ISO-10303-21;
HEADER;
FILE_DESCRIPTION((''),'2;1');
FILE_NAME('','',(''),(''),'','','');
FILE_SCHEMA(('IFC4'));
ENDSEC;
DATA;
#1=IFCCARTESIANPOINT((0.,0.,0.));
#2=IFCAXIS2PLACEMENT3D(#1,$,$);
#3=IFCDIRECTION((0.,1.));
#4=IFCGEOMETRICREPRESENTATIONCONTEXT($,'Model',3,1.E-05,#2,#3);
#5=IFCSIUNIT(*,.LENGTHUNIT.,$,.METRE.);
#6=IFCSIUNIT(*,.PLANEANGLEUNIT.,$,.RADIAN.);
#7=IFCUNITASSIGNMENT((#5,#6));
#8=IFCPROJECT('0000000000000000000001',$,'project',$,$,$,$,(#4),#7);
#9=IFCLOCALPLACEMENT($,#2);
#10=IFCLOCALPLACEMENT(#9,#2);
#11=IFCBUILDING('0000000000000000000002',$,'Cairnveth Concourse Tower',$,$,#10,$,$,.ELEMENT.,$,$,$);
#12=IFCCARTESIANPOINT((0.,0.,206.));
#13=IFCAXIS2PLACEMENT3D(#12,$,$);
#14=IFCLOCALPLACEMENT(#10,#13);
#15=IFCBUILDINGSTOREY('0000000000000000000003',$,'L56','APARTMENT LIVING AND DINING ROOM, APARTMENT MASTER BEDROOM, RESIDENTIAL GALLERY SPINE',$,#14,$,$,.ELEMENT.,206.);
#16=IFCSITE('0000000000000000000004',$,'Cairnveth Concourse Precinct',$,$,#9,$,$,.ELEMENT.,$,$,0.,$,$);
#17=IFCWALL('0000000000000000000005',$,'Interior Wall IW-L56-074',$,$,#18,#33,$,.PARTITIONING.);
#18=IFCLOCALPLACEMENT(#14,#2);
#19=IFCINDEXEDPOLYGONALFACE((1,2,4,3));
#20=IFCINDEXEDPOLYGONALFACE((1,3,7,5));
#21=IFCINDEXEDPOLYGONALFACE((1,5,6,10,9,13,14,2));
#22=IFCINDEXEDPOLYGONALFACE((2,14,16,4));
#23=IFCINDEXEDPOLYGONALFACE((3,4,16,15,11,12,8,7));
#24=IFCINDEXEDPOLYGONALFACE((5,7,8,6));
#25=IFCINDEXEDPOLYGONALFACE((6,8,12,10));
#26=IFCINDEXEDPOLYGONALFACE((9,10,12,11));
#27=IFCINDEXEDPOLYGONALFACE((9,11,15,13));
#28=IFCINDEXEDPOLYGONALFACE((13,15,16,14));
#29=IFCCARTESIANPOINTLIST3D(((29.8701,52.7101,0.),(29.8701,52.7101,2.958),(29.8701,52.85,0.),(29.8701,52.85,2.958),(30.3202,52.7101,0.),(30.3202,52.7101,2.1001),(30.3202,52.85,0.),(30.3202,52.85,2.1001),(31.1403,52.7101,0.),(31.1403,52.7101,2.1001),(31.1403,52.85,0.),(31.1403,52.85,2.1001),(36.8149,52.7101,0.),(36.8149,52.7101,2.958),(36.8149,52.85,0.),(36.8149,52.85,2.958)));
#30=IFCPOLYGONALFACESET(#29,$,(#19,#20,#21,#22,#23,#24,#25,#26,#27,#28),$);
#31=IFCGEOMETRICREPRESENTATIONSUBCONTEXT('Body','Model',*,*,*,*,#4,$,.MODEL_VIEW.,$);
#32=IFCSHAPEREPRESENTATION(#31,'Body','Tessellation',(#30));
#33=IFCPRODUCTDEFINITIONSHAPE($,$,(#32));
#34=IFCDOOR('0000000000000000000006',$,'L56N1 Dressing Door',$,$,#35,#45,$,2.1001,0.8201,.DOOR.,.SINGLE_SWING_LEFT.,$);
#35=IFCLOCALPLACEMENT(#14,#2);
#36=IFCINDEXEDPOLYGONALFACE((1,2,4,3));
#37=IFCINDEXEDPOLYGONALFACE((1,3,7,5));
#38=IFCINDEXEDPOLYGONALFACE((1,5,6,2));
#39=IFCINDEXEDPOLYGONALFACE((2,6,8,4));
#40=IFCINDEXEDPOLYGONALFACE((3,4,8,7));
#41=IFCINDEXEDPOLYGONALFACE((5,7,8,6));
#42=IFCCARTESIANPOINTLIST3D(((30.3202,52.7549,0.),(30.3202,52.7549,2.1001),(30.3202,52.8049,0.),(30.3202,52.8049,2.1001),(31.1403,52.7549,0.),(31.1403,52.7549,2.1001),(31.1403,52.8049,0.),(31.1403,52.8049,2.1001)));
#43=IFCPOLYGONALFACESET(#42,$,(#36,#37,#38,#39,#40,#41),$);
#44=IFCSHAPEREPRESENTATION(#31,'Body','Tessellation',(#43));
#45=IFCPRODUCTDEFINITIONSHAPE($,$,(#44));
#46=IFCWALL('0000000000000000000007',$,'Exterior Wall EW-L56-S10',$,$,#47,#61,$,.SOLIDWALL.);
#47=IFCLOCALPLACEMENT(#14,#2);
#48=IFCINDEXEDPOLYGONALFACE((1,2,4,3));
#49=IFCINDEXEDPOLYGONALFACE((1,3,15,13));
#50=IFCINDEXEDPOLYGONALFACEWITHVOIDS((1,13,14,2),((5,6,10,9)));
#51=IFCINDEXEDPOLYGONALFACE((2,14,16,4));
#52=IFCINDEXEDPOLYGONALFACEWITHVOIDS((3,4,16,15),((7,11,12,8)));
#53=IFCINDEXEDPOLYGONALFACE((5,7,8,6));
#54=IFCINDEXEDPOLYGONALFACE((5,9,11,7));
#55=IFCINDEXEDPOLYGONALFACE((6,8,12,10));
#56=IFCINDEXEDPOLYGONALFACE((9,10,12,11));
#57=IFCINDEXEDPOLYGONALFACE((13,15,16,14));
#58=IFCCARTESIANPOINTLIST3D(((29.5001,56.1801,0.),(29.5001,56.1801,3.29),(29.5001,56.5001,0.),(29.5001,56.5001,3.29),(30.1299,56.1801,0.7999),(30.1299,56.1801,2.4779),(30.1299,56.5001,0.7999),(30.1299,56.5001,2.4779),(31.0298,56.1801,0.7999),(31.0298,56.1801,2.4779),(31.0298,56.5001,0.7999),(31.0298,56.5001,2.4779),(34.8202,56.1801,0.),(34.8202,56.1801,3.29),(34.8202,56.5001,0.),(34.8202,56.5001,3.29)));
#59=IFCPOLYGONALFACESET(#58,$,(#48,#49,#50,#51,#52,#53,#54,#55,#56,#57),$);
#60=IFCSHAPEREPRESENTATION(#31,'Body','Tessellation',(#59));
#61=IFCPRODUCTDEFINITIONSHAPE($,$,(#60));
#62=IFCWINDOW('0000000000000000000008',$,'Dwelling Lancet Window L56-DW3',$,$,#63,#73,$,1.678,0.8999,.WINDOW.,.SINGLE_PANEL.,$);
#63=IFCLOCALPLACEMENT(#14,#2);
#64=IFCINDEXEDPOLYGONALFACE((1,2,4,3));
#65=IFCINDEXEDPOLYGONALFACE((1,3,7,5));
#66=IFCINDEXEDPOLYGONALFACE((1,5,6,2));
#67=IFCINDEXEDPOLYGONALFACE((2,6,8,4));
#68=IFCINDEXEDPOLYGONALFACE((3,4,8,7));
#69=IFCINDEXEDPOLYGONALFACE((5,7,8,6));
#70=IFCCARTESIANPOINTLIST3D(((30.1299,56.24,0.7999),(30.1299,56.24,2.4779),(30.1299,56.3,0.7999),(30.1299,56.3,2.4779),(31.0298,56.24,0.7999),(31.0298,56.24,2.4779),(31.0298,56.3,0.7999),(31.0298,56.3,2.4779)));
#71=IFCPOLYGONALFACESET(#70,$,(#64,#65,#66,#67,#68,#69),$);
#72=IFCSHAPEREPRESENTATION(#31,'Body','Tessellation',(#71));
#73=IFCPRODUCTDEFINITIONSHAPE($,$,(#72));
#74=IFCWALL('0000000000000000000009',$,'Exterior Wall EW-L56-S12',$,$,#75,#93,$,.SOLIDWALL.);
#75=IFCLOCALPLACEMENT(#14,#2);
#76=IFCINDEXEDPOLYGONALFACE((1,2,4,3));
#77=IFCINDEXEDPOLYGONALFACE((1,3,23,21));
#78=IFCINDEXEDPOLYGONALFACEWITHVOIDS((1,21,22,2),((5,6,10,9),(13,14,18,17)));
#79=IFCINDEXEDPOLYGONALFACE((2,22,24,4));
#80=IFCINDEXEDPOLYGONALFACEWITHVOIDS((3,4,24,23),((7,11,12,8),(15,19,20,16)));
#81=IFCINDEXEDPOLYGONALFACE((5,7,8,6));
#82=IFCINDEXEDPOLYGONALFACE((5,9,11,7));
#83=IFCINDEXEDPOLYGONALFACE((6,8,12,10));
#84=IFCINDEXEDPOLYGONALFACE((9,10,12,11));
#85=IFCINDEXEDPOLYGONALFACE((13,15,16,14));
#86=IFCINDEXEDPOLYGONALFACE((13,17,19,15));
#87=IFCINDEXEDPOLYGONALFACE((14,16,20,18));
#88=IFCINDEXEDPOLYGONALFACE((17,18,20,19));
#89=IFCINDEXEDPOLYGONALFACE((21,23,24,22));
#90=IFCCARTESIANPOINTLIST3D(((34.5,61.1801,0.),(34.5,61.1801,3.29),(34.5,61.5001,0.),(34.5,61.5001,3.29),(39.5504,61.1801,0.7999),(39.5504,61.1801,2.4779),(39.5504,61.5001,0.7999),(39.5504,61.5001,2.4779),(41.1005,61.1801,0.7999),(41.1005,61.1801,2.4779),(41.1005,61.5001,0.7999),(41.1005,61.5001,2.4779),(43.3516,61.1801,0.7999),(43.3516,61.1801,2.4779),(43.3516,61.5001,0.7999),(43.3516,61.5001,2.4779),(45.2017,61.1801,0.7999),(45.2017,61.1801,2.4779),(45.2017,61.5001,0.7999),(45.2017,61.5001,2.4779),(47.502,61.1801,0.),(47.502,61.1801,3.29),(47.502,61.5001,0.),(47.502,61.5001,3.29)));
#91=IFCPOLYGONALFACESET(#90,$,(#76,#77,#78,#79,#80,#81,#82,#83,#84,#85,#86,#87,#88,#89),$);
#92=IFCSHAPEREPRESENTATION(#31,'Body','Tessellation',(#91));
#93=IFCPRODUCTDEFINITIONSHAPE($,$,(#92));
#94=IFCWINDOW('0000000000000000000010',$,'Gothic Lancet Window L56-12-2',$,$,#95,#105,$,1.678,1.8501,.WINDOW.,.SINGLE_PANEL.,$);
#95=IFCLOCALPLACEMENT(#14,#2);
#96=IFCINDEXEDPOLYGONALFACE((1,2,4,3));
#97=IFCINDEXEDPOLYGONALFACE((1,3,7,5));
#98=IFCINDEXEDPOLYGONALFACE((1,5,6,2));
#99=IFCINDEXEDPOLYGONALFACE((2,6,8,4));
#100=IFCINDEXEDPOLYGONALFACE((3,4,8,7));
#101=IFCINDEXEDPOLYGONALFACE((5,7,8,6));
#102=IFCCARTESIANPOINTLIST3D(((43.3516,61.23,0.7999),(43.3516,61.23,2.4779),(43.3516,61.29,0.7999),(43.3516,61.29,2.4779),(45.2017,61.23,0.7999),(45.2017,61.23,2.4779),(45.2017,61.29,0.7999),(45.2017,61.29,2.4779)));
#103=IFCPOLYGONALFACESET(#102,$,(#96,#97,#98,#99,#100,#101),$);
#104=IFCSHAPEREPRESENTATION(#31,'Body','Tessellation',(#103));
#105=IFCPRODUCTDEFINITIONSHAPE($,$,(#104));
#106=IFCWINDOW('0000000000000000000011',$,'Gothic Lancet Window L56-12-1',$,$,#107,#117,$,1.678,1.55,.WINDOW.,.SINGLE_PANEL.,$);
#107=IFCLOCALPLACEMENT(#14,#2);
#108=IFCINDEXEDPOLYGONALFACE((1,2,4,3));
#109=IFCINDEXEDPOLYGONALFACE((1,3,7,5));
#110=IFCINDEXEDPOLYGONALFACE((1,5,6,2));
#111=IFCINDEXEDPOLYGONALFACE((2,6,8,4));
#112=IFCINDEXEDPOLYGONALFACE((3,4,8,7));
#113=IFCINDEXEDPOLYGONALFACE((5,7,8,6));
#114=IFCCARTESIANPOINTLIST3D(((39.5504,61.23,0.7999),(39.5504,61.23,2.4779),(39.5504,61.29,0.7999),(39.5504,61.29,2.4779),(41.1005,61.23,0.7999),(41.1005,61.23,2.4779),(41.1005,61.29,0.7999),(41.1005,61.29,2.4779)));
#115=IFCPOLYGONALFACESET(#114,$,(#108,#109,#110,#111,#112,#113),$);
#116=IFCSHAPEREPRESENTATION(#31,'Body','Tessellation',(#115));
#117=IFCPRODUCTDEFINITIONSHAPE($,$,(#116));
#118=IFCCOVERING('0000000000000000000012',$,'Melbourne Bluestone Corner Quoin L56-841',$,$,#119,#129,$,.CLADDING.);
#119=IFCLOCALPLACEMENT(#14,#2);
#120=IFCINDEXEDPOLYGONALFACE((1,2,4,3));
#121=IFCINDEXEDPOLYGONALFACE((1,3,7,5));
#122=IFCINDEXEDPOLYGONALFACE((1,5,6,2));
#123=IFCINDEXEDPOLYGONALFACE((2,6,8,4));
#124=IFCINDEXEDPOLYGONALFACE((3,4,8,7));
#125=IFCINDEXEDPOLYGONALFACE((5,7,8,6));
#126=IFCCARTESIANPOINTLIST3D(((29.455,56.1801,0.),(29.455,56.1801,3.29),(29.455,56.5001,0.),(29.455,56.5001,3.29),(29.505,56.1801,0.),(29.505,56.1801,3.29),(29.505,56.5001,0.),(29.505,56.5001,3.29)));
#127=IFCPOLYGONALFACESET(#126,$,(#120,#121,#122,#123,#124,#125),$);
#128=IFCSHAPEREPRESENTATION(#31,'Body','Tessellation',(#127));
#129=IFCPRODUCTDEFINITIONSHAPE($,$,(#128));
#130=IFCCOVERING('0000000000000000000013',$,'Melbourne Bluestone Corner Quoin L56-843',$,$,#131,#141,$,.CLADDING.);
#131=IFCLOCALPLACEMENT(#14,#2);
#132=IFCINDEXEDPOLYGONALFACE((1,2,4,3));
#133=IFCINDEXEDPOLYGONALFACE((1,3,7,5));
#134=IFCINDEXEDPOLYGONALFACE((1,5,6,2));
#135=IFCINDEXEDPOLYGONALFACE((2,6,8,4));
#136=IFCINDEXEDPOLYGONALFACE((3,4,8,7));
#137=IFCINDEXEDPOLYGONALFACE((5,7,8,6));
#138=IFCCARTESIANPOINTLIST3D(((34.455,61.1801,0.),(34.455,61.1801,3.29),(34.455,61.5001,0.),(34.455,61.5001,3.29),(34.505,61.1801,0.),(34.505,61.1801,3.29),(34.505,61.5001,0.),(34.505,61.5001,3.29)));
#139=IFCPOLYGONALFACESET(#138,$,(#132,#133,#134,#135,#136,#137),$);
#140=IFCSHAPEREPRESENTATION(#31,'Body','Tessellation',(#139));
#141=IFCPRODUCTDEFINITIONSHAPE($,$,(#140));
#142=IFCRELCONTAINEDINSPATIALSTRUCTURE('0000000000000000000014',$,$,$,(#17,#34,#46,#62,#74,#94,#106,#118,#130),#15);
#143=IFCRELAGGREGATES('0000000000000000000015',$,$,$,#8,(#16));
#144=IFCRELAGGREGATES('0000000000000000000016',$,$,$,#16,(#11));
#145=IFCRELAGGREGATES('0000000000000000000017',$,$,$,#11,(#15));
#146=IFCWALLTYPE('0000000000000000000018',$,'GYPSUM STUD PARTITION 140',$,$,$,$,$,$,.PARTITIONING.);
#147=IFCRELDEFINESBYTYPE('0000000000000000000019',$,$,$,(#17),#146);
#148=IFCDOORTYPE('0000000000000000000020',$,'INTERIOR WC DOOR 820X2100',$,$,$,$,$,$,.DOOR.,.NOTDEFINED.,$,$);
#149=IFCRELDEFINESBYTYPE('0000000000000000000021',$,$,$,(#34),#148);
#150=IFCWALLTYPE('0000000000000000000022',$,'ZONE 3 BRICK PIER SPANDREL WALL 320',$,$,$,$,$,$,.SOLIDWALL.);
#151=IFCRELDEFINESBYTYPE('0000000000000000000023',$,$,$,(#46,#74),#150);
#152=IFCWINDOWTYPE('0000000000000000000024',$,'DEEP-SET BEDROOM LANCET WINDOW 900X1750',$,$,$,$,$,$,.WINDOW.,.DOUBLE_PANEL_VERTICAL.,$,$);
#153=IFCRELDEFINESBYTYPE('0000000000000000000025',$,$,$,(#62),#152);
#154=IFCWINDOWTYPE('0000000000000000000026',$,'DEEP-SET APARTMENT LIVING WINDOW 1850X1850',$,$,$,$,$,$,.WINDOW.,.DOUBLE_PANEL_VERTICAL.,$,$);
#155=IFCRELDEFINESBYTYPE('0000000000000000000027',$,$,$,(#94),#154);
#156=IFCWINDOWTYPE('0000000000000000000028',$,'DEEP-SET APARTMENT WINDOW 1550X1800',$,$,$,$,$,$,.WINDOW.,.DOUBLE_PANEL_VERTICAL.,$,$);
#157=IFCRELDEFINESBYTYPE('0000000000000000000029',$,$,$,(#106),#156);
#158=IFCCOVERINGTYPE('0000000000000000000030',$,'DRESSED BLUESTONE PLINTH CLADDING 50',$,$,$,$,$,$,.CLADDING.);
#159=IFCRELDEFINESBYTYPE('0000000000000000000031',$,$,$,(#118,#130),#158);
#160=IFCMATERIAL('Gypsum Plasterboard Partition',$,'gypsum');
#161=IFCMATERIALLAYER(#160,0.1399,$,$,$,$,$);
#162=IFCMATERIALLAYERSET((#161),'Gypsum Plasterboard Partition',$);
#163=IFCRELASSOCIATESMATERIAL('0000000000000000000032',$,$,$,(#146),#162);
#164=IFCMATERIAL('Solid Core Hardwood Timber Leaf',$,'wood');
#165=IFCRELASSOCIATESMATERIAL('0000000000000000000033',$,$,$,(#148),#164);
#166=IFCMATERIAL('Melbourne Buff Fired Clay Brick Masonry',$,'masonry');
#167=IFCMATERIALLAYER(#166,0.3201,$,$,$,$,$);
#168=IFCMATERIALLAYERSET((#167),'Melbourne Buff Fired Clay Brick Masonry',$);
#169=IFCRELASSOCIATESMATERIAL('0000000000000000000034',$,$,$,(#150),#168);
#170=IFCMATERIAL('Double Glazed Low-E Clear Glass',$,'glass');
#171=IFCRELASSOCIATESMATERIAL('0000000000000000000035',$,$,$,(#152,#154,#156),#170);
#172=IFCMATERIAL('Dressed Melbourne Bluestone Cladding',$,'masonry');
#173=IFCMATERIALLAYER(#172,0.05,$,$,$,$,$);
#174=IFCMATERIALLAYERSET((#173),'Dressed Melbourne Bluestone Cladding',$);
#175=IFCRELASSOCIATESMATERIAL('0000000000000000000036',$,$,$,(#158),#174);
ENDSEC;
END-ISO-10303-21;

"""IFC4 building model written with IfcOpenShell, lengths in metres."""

from ifc_helpers import new_model, si_unit, direction, frame, frame_2d, origin, place, context, subcontext, project, spatial, rectangle, extrude, material, layer, layer_set, type_object, element, fill, save


model = new_model("IFC4")

# Units and contexts
model_context = context("Model", 3, precision=1e-05, world=origin(), true_north=direction((0.0, 1.0)))
body_context = subcontext(model_context, "Body", "Model", "MODEL_VIEW")
ifc_project = project(units=[si_unit("LENGTHUNIT", "METRE"), si_unit("PLANEANGLEUNIT", "RADIAN")], contexts=[model_context])

# Site, building, storey
site_placement = place(None, origin())
site = spatial("IfcSite", under=ifc_project, at=site_placement, Name="Cairnveth Concourse Precinct", CompositionType="ELEMENT", RefElevation=0.0)
building_placement = place(site_placement, origin())
building = spatial("IfcBuilding", under=site, at=building_placement, Name="Cairnveth Concourse Tower", CompositionType="ELEMENT")
storey_placement = place(building_placement, frame((0.0, 0.0, 206.0)))
storey = spatial("IfcBuildingStorey", under=building, at=storey_placement, Name="L56", Description="APARTMENT LIVING AND DINING ROOM, APARTMENT MASTER BEDROOM, RESIDENTIAL GALLERY SPINE", CompositionType="ELEMENT", Elevation=206.0)

# Shared definitions
ifc_material_1 = material(Name="Gypsum Plasterboard Partition", Category="gypsum")
ifc_material_2 = material(Name="Solid Core Hardwood Timber Leaf", Category="wood")

# Wall, opening, door
ifc_layer_1 = layer(ifc_material_1, 0.1399)
ifc_layer_set_1 = layer_set([ifc_layer_1], Name="Gypsum Plasterboard Partition")
wall_type_1 = type_object("IfcWallType", Name="GYPSUM STUD PARTITION 140", PredefinedType="PARTITIONING", material=ifc_layer_set_1)
wall_1_placement = place(storey_placement, frame((29.8701, 52.78, 0.0), z_axis=(0.0, 0.0, 1.0), x_axis=(1.0, 0.0, 0.0)))
wall_1 = element("IfcWall", 1, at=wall_1_placement, inside=storey, type_object=wall_type_1, Name="Interior Wall IW-L56-074", PredefinedType="PARTITIONING", context=body_context, shape_type="SweptSolid", body=[
    extrude(rectangle(XDim=6.9448, YDim=0.1399, at=frame_2d((3.4724, 0.0))), origin(), (0.0, 0.0, 1.0), 2.958),
])
opening_1_placement = place(wall_1_placement, frame((0.45, 0.0, 0.0)))
opening_1 = element("IfcOpeningElement", 2, at=opening_1_placement, cuts=wall_1, PredefinedType="OPENING", context=body_context, shape_type="SweptSolid", body=[
    extrude(rectangle(XDim=0.8201, YDim=2.1001, at=frame_2d((0.4102, 1.05))), frame((0.0, 0.0798, 0.0), z_axis=(0.0, -1.0, 0.0), x_axis=(1.0, 0.0, 0.0)), (0.0, 0.0, 1.0), 0.1599),
])
door_type_1 = type_object("IfcDoorType", Name="INTERIOR WC DOOR 820X2100", OperationType="NOTDEFINED", PredefinedType="DOOR", material=ifc_material_2)
door_1_placement = place(opening_1_placement, origin())
door_1 = element("IfcDoor", 3, at=door_1_placement, inside=storey, type_object=door_type_1, Name="L56N1 Dressing Door", OperationType="SINGLE_SWING_LEFT", OverallHeight=2.1001, OverallWidth=0.8201, PredefinedType="DOOR", context=body_context, shape_type="SweptSolid", body=[
    extrude(rectangle(XDim=0.8201, YDim=2.1001, at=frame_2d((0.4102, 1.05))), frame((0.0, 0.0249, 0.0), z_axis=(0.0, -1.0, 0.0), x_axis=(1.0, 0.0, 0.0)), (0.0, 0.0, 1.0), 0.05),
])
fill(opening_1, door_1)

# Wall, opening, window
ifc_material_3 = material(Name="Melbourne Buff Fired Clay Brick Masonry", Category="masonry")
ifc_layer_2 = layer(ifc_material_3, 0.3201)
ifc_layer_set_2 = layer_set([ifc_layer_2], Name="Melbourne Buff Fired Clay Brick Masonry")
wall_type_2 = type_object("IfcWallType", Name="ZONE 3 BRICK PIER SPANDREL WALL 320", PredefinedType="SOLIDWALL", material=ifc_layer_set_2)
wall_2_placement = place(storey_placement, frame((29.5, 56.3401, 0.0), z_axis=(0.0, 0.0, 1.0), x_axis=(1.0, 0.0, 0.0)))
wall_2 = element("IfcWall", 4, at=wall_2_placement, inside=storey, type_object=wall_type_2, Name="Exterior Wall EW-L56-S10", PredefinedType="SOLIDWALL", context=body_context, shape_type="SweptSolid", body=[
    extrude(rectangle(XDim=5.3201, YDim=0.3201, at=frame_2d((2.6602, 0.0))), origin(), (0.0, 0.0, 1.0), 3.29),
])
opening_2_placement = place(wall_2_placement, frame((0.6299, 0.0, 0.8)))
opening_2 = element("IfcOpeningElement", 5, at=opening_2_placement, cuts=wall_2, PredefinedType="OPENING", context=body_context, shape_type="SweptSolid", body=[
    extrude(rectangle(XDim=0.8999, YDim=1.678, at=frame_2d((0.45, 0.8389))), frame((0.0, 0.1699, 0.0), z_axis=(0.0, -1.0, 0.0), x_axis=(1.0, 0.0, 0.0)), (0.0, 0.0, 1.0), 0.3401),
])
ifc_material_4 = material(Name="Double Glazed Low-E Clear Glass", Category="glass")
window_type_1 = type_object("IfcWindowType", Name="DEEP-SET BEDROOM LANCET WINDOW 900X1750", PartitioningType="DOUBLE_PANEL_VERTICAL", PredefinedType="WINDOW", material=ifc_material_4)
window_1_placement = place(opening_2_placement, origin())
window_1 = element("IfcWindow", 6, at=window_1_placement, inside=storey, type_object=window_type_1, Name="Dwelling Lancet Window L56-DW3", OverallHeight=1.678, OverallWidth=0.8999, PartitioningType="SINGLE_PANEL", PredefinedType="WINDOW", context=body_context, shape_type="SweptSolid", body=[
    extrude(rectangle(XDim=0.8999, YDim=1.678, at=frame_2d((0.45, 0.8389))), frame((0.0, -0.04, 0.0), z_axis=(0.0, -1.0, 0.0), x_axis=(1.0, 0.0, 0.0)), (0.0, 0.0, 1.0), 0.0601),
])
fill(opening_2, window_1)

# Wall, openings, windows
wall_3_placement = place(storey_placement, frame((34.5, 61.3401, 0.0), z_axis=(0.0, 0.0, 1.0), x_axis=(1.0, 0.0, 0.0)))
wall_3 = element("IfcWall", 7, at=wall_3_placement, inside=storey, type_object=wall_type_2, Name="Exterior Wall EW-L56-S12", PredefinedType="SOLIDWALL", context=body_context, shape_type="SweptSolid", body=[
    extrude(rectangle(XDim=13.002, YDim=0.3201, at=frame_2d((6.501, 0.0))), origin(), (0.0, 0.0, 1.0), 3.29),
])
opening_3_placement = place(wall_3_placement, frame((5.0505, 0.0, 0.8)))
opening_3 = element("IfcOpeningElement", 8, at=opening_3_placement, cuts=wall_3, PredefinedType="OPENING", context=body_context, shape_type="SweptSolid", body=[
    extrude(rectangle(XDim=1.55, YDim=1.678, at=frame_2d((0.7749, 0.8389))), frame((0.0, 0.1699, 0.0), z_axis=(0.0, -1.0, 0.0), x_axis=(1.0, 0.0, 0.0)), (0.0, 0.0, 1.0), 0.3401),
])
opening_4_placement = place(wall_3_placement, frame((8.8516, 0.0, 0.8)))
opening_4 = element("IfcOpeningElement", 9, at=opening_4_placement, cuts=wall_3, PredefinedType="OPENING", context=body_context, shape_type="SweptSolid", body=[
    extrude(rectangle(XDim=1.8501, YDim=1.678, at=frame_2d((0.925, 0.8389))), frame((0.0, 0.1699, 0.0), z_axis=(0.0, -1.0, 0.0), x_axis=(1.0, 0.0, 0.0)), (0.0, 0.0, 1.0), 0.3401),
])
window_type_2 = type_object("IfcWindowType", Name="DEEP-SET APARTMENT LIVING WINDOW 1850X1850", PartitioningType="DOUBLE_PANEL_VERTICAL", PredefinedType="WINDOW", material=ifc_material_4)
window_2_placement = place(opening_4_placement, origin())
window_2 = element("IfcWindow", 10, at=window_2_placement, inside=storey, type_object=window_type_2, Name="Gothic Lancet Window L56-12-2", OverallHeight=1.678, OverallWidth=1.8501, PartitioningType="SINGLE_PANEL", PredefinedType="WINDOW", context=body_context, shape_type="SweptSolid", body=[
    extrude(rectangle(XDim=1.8501, YDim=1.678, at=frame_2d((0.925, 0.8389))), frame((0.0, -0.05, 0.0), z_axis=(0.0, -1.0, 0.0), x_axis=(1.0, 0.0, 0.0)), (0.0, 0.0, 1.0), 0.0601),
])
fill(opening_4, window_2)
window_type_3 = type_object("IfcWindowType", Name="DEEP-SET APARTMENT WINDOW 1550X1800", PartitioningType="DOUBLE_PANEL_VERTICAL", PredefinedType="WINDOW", material=ifc_material_4)
window_3_placement = place(opening_3_placement, origin())
window_3 = element("IfcWindow", 11, at=window_3_placement, inside=storey, type_object=window_type_3, Name="Gothic Lancet Window L56-12-1", OverallHeight=1.678, OverallWidth=1.55, PartitioningType="SINGLE_PANEL", PredefinedType="WINDOW", context=body_context, shape_type="SweptSolid", body=[
    extrude(rectangle(XDim=1.55, YDim=1.678, at=frame_2d((0.7749, 0.8389))), frame((0.0, -0.05, 0.0), z_axis=(0.0, -1.0, 0.0), x_axis=(1.0, 0.0, 0.0)), (0.0, 0.0, 1.0), 0.0601),
])
fill(opening_3, window_3)

# Coverings
ifc_material_5 = material(Name="Dressed Melbourne Bluestone Cladding", Category="masonry")
ifc_layer_3 = layer(ifc_material_5, 0.05)
ifc_layer_set_3 = layer_set([ifc_layer_3], Name="Dressed Melbourne Bluestone Cladding")
covering_type = type_object("IfcCoveringType", Name="DRESSED BLUESTONE PLINTH CLADDING 50", PredefinedType="CLADDING", material=ifc_layer_set_3)
for number, where, z_axis, x_axis, name in (
    (12, (29.48, 56.1799, 0.0), (0.0, 0.0, 1.0), (0.0, 1.0, 0.0), "Melbourne Bluestone Corner Quoin L56-841"),
    (13, (34.48, 61.1799, 0.0), (0.0, 0.0, 1.0), (0.0, 1.0, 0.0), "Melbourne Bluestone Corner Quoin L56-843"),
):
    element("IfcCovering", number, at=place(storey_placement, frame(where, z_axis=z_axis, x_axis=x_axis)), inside=storey, type_object=covering_type, Name=name, PredefinedType="CLADDING", context=body_context, shape_type="SweptSolid", body=[
        extrude(rectangle(XDim=0.3201, YDim=0.05, at=frame_2d((0.1602, 0.0))), origin(), (0.0, 0.0, 1.0), 3.29),
    ])

save(model, "model.ifc")
